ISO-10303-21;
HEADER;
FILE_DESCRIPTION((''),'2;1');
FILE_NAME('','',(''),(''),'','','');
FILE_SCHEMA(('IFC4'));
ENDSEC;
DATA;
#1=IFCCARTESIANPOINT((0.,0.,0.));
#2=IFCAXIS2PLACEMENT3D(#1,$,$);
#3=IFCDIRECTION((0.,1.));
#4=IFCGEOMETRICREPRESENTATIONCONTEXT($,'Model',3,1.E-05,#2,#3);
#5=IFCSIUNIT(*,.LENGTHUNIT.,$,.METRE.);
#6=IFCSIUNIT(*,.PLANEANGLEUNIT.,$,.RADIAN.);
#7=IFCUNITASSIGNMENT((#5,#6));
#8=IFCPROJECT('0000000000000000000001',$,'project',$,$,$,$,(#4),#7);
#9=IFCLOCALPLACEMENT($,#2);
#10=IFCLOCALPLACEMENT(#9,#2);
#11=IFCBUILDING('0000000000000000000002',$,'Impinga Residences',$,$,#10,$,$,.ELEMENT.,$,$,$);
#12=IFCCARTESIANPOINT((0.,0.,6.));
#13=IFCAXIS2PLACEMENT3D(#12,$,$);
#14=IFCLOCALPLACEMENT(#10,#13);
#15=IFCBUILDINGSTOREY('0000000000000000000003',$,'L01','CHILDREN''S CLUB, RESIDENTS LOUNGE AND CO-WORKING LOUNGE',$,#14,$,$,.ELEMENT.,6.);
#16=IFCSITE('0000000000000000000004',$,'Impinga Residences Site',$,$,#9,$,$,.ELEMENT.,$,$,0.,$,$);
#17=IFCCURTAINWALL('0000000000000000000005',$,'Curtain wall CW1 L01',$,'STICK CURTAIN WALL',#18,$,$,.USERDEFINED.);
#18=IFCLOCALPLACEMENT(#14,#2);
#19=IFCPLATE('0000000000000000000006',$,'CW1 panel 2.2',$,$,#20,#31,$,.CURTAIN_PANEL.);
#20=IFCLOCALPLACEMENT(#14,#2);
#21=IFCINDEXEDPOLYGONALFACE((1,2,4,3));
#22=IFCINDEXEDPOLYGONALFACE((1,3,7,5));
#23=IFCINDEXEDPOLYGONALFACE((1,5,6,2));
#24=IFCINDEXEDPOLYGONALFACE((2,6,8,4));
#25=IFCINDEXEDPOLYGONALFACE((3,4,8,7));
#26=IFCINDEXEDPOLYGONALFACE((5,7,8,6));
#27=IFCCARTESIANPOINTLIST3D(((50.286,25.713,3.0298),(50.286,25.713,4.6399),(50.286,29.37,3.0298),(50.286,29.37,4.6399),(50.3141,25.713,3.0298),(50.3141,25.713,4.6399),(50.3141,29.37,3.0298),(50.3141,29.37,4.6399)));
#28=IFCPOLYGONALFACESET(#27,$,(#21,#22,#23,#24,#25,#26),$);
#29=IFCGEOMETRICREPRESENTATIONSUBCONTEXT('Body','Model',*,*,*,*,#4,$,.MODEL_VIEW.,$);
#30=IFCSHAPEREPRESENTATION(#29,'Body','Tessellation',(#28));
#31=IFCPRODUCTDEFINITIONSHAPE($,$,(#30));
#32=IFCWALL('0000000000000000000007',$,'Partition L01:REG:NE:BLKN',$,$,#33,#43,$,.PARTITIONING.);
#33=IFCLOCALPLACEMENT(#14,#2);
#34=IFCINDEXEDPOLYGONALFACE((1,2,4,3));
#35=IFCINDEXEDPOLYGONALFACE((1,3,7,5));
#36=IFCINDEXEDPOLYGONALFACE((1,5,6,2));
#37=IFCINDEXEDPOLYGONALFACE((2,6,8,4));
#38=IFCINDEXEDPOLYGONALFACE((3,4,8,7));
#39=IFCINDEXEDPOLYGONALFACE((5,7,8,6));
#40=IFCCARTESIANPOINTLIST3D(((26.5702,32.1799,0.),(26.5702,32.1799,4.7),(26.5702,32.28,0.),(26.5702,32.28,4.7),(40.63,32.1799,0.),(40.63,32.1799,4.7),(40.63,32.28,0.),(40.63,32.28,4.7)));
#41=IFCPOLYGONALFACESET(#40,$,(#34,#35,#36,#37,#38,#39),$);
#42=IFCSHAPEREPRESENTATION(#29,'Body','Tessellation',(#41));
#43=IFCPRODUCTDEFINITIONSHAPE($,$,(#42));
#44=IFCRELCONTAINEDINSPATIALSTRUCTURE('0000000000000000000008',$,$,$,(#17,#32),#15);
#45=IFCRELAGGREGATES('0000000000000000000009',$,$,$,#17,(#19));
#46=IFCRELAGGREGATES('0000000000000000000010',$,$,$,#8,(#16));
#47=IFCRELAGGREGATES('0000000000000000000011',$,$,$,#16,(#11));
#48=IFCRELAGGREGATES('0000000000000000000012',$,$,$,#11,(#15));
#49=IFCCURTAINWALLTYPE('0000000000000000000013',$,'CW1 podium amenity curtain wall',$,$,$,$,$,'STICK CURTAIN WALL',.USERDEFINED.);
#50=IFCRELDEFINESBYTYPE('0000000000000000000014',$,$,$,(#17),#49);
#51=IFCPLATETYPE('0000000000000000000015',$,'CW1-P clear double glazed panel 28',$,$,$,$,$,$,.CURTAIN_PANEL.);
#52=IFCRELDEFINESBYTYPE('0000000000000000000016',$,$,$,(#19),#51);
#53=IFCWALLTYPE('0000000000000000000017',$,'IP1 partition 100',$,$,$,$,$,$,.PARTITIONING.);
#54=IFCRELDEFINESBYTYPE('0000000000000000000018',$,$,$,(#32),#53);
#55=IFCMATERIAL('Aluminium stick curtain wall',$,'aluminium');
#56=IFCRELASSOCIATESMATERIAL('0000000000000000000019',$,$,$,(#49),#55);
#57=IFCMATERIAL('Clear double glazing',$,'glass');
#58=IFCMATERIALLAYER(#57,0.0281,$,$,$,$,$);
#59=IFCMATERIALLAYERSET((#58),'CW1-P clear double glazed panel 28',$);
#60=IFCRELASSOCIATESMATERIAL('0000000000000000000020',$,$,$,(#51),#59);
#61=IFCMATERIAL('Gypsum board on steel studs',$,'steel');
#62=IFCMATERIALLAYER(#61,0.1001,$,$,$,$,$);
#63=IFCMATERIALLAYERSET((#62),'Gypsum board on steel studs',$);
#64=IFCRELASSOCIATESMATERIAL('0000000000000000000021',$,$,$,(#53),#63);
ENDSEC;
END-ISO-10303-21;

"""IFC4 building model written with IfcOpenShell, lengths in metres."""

from ifc_helpers import new_model, si_unit, direction, frame, frame_2d, origin, origin_2d, place, context, subcontext, project, spatial, rectangle, extrude, material, layer, layer_set, type_object, element, aggregate, save


model = new_model("IFC4")

# Units and contexts
model_context = context("Model", 3, precision=1e-05, world=origin(), true_north=direction((0.0, 1.0)))
body_context = subcontext(model_context, "Body", "Model", "MODEL_VIEW")
ifc_project = project(units=[si_unit("LENGTHUNIT", "METRE"), si_unit("PLANEANGLEUNIT", "RADIAN")], contexts=[model_context])

# Site, building, storey
site_placement = place(None, origin())
site = spatial("IfcSite", under=ifc_project, at=site_placement, Name="Impinga Residences Site", CompositionType="ELEMENT", RefElevation=0.0)
building_placement = place(site_placement, origin())
building = spatial("IfcBuilding", under=site, at=building_placement, Name="Impinga Residences", CompositionType="ELEMENT")
storey_placement = place(building_placement, frame((0.0, 0.0, 6.0)))
storey = spatial("IfcBuildingStorey", under=building, at=storey_placement, Name="L01", Description="CHILDREN'S CLUB, RESIDENTS LOUNGE AND CO-WORKING LOUNGE", CompositionType="ELEMENT", Elevation=6.0)

# Curtain wall
ifc_material_1 = material(Name="Aluminium stick curtain wall", Category="aluminium")
curtain_wall_type = type_object("IfcCurtainWallType", Name="CW1 podium amenity curtain wall", ElementType="STICK CURTAIN WALL", PredefinedType="USERDEFINED", material=ifc_material_1)
curtain_wall_1_placement = place(storey_placement, origin())
curtain_wall_1 = element("IfcCurtainWall", 1, at=curtain_wall_1_placement, inside=storey, type_object=curtain_wall_type, Name="Curtain wall CW1 L01", ObjectType="STICK CURTAIN WALL", PredefinedType="USERDEFINED")

# Plate
ifc_material_2 = material(Name="Clear double glazing", Category="glass")
ifc_layer_1 = layer(ifc_material_2, 0.0281)
ifc_layer_set_1 = layer_set([ifc_layer_1], Name="CW1-P clear double glazed panel 28")
plate_type = type_object("IfcPlateType", Name="CW1-P clear double glazed panel 28", PredefinedType="CURTAIN_PANEL", material=ifc_layer_set_1)
plate_1_placement = place(storey_placement, frame((50.3, 27.5415, 3.0298), z_axis=(0.0, 0.0, 1.0), x_axis=(0.0, -1.0, 0.0)))
plate_1 = element("IfcPlate", 2, at=plate_1_placement, type_object=plate_type, Name="CW1 panel 2.2", PredefinedType="CURTAIN_PANEL", context=body_context, shape_type="SweptSolid", body=[
    extrude(rectangle(XDim=3.657, YDim=0.0281, at=origin_2d()), origin(), (0.0, 0.0, 1.0), 1.6101),
])
aggregate(curtain_wall_1, [plate_1])

# Wall
ifc_material_3 = material(Name="Gypsum board on steel studs", Category="steel")
ifc_layer_2 = layer(ifc_material_3, 0.1001)
ifc_layer_set_2 = layer_set([ifc_layer_2], Name="Gypsum board on steel studs")
wall_type = type_object("IfcWallType", Name="IP1 partition 100", PredefinedType="PARTITIONING", material=ifc_layer_set_2)
wall_placement = place(storey_placement, frame((40.6299, 32.23, 0.0), z_axis=(0.0, 0.0, 1.0), x_axis=(-1.0, 0.0, 0.0)))
element("IfcWall", 3, at=wall_placement, inside=storey, type_object=wall_type, Name="Partition L01:REG:NE:BLKN", PredefinedType="PARTITIONING", context=body_context, shape_type="SweptSolid", body=[
    extrude(rectangle(XDim=14.0598, YDim=0.1001, at=frame_2d((7.0298, 0.0))), origin(), (0.0, 0.0, 1.0), 4.7),
])

save(model, "model.ifc")
